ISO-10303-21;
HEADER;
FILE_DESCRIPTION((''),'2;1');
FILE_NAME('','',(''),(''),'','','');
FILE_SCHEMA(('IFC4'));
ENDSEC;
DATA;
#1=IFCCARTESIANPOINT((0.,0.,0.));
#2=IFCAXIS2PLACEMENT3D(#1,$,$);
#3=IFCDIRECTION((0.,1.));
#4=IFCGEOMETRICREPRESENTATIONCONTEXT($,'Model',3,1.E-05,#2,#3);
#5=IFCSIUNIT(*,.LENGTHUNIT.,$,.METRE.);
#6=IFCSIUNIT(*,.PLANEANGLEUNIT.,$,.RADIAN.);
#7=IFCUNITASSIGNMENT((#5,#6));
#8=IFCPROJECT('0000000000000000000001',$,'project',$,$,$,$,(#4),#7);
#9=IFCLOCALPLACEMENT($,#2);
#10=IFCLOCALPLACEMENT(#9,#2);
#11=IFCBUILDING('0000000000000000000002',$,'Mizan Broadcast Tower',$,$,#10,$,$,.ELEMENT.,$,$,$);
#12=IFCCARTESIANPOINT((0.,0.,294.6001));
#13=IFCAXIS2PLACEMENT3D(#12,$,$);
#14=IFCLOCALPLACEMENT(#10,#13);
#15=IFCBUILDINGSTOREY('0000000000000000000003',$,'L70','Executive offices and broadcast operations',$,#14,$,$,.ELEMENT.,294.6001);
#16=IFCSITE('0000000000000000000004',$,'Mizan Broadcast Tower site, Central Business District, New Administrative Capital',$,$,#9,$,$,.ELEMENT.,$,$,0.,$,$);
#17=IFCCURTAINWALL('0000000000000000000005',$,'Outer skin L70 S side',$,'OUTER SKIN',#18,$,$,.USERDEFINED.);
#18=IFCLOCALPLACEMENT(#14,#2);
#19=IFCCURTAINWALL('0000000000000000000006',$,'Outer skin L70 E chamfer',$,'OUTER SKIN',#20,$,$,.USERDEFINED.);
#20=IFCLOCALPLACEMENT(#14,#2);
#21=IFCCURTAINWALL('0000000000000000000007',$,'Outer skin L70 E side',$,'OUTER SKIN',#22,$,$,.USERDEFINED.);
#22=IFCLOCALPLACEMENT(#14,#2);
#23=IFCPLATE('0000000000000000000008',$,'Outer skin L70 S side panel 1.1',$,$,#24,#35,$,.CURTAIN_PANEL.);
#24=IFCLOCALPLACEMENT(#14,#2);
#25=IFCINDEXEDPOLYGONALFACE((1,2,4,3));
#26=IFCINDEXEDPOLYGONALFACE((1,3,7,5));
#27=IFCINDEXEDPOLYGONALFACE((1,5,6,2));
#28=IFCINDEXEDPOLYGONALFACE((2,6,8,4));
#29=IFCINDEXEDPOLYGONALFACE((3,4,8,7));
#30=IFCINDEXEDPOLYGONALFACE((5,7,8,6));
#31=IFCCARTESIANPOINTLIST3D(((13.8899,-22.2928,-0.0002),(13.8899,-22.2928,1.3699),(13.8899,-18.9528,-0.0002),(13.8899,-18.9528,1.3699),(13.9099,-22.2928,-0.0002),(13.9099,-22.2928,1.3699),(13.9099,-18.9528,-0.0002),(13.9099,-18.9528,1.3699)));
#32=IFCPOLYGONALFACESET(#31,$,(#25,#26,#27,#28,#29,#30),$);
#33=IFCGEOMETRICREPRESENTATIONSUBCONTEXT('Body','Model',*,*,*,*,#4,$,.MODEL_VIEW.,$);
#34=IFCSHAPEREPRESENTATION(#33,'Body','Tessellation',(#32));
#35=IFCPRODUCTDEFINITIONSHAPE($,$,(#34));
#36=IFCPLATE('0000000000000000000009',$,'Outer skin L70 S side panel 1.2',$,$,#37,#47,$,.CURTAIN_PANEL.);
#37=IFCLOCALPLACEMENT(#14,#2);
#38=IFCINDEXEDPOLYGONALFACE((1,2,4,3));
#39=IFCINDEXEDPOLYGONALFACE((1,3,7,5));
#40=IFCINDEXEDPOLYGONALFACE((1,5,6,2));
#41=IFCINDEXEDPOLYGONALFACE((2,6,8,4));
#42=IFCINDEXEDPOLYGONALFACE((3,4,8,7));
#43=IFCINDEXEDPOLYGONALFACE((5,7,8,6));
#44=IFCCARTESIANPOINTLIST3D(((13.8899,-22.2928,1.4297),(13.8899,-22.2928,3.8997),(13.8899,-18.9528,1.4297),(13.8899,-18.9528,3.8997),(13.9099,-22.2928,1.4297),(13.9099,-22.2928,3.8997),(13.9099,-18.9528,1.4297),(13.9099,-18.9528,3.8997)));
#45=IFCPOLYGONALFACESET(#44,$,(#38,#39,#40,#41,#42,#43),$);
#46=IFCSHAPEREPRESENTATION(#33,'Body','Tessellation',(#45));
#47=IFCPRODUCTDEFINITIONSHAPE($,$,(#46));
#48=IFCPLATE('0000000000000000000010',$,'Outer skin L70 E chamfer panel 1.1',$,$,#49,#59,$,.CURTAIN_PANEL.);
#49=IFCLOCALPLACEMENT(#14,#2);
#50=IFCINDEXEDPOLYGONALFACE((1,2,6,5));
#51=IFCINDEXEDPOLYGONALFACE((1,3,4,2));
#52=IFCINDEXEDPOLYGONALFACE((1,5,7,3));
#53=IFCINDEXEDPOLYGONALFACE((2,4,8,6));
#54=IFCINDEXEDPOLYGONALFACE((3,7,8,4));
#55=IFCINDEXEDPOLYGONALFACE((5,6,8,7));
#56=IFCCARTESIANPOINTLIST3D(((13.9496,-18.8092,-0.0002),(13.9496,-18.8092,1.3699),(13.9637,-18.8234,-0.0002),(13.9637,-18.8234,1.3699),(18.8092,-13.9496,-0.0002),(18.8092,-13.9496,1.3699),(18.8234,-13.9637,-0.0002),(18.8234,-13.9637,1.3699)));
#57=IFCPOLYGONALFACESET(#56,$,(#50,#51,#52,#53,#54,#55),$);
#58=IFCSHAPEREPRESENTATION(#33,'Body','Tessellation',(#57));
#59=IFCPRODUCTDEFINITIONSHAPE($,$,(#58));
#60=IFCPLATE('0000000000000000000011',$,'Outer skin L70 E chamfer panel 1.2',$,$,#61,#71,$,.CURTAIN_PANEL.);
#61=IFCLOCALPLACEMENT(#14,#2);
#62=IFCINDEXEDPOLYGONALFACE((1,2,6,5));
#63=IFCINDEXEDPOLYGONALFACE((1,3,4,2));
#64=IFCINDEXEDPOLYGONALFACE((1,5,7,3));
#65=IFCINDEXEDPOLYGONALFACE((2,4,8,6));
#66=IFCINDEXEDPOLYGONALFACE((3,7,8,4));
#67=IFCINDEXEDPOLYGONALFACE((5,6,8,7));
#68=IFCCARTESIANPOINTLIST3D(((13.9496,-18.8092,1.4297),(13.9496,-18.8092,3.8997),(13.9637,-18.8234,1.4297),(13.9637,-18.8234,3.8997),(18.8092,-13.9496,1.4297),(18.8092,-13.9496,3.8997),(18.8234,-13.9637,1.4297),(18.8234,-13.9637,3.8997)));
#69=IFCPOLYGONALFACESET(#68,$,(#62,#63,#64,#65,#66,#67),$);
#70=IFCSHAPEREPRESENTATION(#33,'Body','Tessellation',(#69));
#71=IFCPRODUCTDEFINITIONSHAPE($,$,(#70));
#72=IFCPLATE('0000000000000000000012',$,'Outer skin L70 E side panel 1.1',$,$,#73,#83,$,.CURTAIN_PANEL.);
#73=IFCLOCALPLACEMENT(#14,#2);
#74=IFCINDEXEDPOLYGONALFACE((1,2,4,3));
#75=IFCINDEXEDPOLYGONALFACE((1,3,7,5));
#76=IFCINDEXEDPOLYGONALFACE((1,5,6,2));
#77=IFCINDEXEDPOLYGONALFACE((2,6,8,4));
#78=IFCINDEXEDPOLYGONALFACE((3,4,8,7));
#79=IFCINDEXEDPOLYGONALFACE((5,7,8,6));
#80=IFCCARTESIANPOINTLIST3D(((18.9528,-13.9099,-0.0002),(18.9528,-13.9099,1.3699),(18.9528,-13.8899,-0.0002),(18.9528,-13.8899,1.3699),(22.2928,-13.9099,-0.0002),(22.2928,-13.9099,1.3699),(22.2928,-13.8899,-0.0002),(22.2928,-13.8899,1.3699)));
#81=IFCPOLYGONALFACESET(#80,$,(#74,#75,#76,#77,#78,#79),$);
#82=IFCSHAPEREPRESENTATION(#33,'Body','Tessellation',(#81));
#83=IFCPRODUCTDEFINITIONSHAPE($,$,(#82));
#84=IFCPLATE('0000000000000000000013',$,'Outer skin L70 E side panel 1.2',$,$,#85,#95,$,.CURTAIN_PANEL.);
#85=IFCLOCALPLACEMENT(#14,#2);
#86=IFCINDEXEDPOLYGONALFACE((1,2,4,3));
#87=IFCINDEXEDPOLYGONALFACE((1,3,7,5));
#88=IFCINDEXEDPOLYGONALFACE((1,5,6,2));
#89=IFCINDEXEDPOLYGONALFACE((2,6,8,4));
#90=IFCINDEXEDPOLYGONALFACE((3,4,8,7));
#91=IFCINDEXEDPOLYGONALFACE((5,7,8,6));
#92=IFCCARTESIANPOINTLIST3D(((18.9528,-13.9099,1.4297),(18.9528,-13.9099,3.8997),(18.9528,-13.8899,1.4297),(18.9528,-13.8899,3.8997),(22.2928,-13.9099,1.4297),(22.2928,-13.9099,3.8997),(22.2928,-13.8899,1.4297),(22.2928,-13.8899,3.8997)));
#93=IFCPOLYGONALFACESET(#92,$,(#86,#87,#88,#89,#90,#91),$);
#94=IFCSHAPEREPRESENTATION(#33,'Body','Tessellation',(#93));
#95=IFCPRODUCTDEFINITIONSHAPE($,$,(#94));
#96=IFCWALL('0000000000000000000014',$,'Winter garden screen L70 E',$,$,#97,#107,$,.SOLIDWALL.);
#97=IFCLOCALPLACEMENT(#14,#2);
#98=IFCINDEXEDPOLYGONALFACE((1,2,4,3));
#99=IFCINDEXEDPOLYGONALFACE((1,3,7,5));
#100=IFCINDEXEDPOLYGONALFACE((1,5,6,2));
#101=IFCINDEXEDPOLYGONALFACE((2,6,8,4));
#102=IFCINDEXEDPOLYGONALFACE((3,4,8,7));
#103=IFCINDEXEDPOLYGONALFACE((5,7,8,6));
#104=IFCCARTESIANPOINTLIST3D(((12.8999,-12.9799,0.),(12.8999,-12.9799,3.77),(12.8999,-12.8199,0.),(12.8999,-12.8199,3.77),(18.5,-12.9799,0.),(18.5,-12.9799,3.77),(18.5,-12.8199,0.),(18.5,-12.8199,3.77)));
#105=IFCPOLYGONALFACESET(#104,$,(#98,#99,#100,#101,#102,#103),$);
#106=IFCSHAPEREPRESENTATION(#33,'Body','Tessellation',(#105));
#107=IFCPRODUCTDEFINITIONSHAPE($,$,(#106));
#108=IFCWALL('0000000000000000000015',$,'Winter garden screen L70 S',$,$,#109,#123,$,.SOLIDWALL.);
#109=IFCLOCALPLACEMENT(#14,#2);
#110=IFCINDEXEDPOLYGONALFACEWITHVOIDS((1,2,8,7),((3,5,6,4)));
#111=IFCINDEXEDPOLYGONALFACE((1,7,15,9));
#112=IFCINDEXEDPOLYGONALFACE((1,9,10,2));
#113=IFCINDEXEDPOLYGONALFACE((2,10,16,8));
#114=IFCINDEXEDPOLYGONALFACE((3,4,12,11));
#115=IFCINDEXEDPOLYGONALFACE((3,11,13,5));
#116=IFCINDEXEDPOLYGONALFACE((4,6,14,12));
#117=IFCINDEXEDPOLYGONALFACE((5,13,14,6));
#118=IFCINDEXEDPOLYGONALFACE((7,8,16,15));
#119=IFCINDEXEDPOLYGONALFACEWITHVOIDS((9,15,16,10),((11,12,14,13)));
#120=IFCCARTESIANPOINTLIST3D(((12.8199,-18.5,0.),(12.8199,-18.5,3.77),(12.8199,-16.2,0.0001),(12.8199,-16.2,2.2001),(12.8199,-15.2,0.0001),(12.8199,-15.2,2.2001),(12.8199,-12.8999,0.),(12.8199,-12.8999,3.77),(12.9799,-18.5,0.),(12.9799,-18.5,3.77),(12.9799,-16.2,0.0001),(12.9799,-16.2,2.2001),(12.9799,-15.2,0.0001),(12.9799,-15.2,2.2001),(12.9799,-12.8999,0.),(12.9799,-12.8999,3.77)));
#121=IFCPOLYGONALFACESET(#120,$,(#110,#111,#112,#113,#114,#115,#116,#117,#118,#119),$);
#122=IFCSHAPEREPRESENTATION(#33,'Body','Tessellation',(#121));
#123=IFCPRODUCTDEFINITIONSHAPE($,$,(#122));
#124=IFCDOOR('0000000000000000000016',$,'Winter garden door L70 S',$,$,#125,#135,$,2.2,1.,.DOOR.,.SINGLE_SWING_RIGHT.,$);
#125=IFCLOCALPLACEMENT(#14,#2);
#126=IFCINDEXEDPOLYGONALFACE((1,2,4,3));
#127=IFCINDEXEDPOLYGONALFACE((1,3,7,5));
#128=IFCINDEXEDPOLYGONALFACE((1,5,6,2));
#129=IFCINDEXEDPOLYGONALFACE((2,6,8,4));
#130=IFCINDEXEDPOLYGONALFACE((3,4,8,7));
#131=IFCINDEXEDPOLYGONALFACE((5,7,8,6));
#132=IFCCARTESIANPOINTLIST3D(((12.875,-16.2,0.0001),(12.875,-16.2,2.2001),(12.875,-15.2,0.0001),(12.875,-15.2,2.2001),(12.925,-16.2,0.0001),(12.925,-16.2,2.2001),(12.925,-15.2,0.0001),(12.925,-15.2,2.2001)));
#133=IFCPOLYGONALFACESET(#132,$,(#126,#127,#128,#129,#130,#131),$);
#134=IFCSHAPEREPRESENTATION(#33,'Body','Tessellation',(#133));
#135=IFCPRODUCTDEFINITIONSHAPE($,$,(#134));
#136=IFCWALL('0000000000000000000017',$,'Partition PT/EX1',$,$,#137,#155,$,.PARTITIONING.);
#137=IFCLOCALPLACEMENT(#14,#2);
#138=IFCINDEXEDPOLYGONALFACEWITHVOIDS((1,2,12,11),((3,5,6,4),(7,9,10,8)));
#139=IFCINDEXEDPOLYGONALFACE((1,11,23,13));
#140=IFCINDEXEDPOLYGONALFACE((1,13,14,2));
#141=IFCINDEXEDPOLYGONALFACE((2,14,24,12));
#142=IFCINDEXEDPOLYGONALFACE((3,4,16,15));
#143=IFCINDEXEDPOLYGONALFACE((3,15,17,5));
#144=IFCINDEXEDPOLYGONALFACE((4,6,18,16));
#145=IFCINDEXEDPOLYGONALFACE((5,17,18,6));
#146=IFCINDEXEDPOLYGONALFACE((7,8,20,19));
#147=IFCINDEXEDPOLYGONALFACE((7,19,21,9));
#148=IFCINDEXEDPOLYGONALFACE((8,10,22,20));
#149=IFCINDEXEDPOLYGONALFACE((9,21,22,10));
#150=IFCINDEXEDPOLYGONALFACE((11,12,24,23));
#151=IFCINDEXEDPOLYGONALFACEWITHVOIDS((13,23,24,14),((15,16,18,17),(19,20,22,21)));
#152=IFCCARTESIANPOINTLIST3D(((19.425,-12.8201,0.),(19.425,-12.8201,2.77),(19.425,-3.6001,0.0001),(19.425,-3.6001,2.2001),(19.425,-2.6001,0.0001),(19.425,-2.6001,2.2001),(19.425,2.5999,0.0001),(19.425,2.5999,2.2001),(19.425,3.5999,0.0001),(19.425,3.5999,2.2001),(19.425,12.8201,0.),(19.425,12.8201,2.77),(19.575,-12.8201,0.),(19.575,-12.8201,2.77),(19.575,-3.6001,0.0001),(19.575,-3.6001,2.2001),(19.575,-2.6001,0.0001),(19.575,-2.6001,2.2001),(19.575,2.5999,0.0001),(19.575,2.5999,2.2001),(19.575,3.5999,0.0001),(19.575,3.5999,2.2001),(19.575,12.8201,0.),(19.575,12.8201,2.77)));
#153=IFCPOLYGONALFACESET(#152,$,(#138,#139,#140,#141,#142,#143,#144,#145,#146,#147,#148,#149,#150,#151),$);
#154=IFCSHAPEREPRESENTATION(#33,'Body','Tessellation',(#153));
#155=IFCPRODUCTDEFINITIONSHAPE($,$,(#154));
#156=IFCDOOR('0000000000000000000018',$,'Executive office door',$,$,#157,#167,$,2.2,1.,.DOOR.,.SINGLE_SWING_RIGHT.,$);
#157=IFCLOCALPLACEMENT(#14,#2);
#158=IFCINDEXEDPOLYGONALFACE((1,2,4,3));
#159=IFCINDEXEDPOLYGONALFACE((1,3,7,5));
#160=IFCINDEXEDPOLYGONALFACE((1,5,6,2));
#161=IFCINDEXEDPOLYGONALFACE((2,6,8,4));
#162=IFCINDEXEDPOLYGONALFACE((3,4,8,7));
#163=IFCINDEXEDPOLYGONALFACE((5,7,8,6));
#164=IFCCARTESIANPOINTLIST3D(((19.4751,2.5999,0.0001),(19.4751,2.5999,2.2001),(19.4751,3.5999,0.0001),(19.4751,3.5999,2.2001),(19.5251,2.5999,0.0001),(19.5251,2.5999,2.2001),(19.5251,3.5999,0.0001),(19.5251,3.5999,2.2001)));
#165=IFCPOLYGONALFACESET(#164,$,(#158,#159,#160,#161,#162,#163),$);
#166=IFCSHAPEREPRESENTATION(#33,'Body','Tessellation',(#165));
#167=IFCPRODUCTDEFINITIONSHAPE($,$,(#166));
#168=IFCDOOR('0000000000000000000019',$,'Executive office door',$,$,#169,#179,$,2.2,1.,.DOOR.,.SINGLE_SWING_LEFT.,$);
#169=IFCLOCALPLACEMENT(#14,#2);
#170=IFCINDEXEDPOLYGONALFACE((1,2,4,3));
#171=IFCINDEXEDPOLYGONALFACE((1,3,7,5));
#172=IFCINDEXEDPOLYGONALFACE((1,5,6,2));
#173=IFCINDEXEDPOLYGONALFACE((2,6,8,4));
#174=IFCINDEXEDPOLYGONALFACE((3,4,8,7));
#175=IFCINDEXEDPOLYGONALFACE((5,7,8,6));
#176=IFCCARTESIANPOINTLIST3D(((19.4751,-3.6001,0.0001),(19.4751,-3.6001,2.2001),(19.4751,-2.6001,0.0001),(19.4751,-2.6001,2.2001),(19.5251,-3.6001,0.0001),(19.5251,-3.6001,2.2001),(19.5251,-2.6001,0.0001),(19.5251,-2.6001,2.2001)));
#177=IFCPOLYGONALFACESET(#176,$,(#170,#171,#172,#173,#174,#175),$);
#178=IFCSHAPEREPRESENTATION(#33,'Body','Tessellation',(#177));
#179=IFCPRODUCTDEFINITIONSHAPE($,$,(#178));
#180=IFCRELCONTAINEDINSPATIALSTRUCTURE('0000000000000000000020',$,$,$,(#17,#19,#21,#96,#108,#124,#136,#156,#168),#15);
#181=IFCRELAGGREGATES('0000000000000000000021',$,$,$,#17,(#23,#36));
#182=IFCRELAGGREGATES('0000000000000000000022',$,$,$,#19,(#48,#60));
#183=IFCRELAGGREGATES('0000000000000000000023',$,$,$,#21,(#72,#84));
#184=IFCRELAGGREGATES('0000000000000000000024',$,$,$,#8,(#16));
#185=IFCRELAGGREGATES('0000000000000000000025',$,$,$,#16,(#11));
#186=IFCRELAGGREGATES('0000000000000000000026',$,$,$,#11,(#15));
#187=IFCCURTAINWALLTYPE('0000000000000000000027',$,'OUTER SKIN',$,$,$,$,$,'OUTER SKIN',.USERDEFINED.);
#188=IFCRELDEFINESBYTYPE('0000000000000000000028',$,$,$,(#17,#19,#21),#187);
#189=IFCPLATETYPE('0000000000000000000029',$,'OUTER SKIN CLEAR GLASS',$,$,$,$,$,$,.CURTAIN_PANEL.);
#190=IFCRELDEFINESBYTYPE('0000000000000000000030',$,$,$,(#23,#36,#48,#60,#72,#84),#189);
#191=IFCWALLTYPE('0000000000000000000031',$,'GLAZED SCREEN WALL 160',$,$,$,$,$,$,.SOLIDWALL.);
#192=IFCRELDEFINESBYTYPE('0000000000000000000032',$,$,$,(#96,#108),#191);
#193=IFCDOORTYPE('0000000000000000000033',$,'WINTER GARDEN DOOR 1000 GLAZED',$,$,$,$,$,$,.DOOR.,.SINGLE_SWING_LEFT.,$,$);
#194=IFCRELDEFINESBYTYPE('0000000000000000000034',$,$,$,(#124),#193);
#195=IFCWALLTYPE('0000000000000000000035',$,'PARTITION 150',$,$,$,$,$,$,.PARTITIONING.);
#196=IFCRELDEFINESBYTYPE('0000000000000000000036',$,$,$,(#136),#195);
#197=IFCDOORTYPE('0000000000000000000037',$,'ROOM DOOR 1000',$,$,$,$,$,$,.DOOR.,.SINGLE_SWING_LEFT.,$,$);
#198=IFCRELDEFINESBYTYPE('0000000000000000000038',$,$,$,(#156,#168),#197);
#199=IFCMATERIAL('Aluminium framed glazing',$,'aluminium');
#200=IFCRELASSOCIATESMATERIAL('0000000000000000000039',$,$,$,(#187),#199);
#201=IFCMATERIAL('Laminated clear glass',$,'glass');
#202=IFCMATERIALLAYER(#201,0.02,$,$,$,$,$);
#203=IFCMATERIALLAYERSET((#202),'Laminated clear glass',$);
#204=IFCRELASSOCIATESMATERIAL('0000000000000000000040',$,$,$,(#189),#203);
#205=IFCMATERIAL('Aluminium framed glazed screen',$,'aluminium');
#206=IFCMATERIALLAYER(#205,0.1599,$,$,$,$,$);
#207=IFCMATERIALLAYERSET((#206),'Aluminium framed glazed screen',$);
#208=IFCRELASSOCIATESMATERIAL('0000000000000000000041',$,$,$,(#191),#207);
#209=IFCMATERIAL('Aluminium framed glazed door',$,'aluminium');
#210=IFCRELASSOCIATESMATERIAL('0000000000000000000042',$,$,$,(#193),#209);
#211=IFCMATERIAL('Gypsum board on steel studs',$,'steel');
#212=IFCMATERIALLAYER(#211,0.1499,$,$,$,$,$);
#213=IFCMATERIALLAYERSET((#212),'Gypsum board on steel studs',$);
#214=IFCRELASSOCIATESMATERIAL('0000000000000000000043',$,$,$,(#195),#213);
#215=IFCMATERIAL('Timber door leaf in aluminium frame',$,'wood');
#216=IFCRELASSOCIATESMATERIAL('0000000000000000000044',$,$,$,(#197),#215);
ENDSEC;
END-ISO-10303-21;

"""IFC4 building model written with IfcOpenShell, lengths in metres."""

from ifc_helpers import new_model, si_unit, direction, frame, frame_2d, origin, origin_2d, place, context, subcontext, project, spatial, rectangle, extrude, material, layer, layer_set, type_object, element, fill, aggregate, save


model = new_model("IFC4")

# Units and contexts
model_context = context("Model", 3, precision=1e-05, world=origin(), true_north=direction((0.0, 1.0)))
body_context = subcontext(model_context, "Body", "Model", "MODEL_VIEW")
ifc_project = project(units=[si_unit("LENGTHUNIT", "METRE"), si_unit("PLANEANGLEUNIT", "RADIAN")], contexts=[model_context])

# Site, building, storey
site_placement = place(None, origin())
site = spatial("IfcSite", under=ifc_project, at=site_placement, Name="Mizan Broadcast Tower site, Central Business District, New Administrative Capital", CompositionType="ELEMENT", RefElevation=0.0)
building_placement = place(site_placement, origin())
building = spatial("IfcBuilding", under=site, at=building_placement, Name="Mizan Broadcast Tower", CompositionType="ELEMENT")
storey_placement = place(building_placement, frame((0.0, 0.0, 294.6001)))
storey = spatial("IfcBuildingStorey", under=building, at=storey_placement, Name="L70", Description="Executive offices and broadcast operations", CompositionType="ELEMENT", Elevation=294.6001)

# Curtain walls
ifc_material_1 = material(Name="Aluminium framed glazing", Category="aluminium")
curtain_wall_type_1 = type_object("IfcCurtainWallType", Name="OUTER SKIN", ElementType="OUTER SKIN", PredefinedType="USERDEFINED", material=ifc_material_1)
curtain_wall_1_placement = place(storey_placement, origin())
curtain_wall_1 = element("IfcCurtainWall", 1, at=curtain_wall_1_placement, inside=storey, type_object=curtain_wall_type_1, Name="Outer skin L70 S side", ObjectType="OUTER SKIN", PredefinedType="USERDEFINED")
curtain_wall_2_placement = place(storey_placement, origin())
curtain_wall_2 = element("IfcCurtainWall", 2, at=curtain_wall_2_placement, inside=storey, type_object=curtain_wall_type_1, Name="Outer skin L70 E chamfer", ObjectType="OUTER SKIN", PredefinedType="USERDEFINED")
curtain_wall_3_placement = place(storey_placement, origin())
curtain_wall_3 = element("IfcCurtainWall", 3, at=curtain_wall_3_placement, inside=storey, type_object=curtain_wall_type_1, Name="Outer skin L70 E side", ObjectType="OUTER SKIN", PredefinedType="USERDEFINED")

# Plates
ifc_material_2 = material(Name="Laminated clear glass", Category="glass")
ifc_layer_1 = layer(ifc_material_2, 0.02)
ifc_layer_set_1 = layer_set([ifc_layer_1], Name="Laminated clear glass")
plate_type_1 = type_object("IfcPlateType", Name="OUTER SKIN CLEAR GLASS", PredefinedType="CURTAIN_PANEL", material=ifc_layer_set_1)
plate_1_placement = place(storey_placement, frame((13.8999, -20.6228, -0.0002), z_axis=(0.0, 0.0, 1.0), x_axis=(0.0, 1.0, 0.0)))
plate_1 = element("IfcPlate", 4, at=plate_1_placement, type_object=plate_type_1, Name="Outer skin L70 S side panel 1.1", PredefinedType="CURTAIN_PANEL", context=body_context, shape_type="SweptSolid", body=[
    extrude(rectangle(XDim=3.3401, YDim=0.02, at=origin_2d()), origin(), (0.0, 0.0, 1.0), 1.3701),
])
plate_2_placement = place(storey_placement, frame((13.8999, -20.6228, 1.4297), z_axis=(0.0, 0.0, 1.0), x_axis=(0.0, 1.0, 0.0)))
plate_2 = element("IfcPlate", 5, at=plate_2_placement, type_object=plate_type_1, Name="Outer skin L70 S side panel 1.2", PredefinedType="CURTAIN_PANEL", context=body_context, shape_type="SweptSolid", body=[
    extrude(rectangle(XDim=3.3401, YDim=0.02, at=origin_2d()), origin(), (0.0, 0.0, 1.0), 2.47),
])
aggregate(curtain_wall_1, [plate_1, plate_2])
plate_3_placement = place(storey_placement, frame((16.3865, -16.3865, -0.0002), z_axis=(0.0, 0.0, 1.0), x_axis=(0.707107, 0.707107, 0.0)))
plate_3 = element("IfcPlate", 6, at=plate_3_placement, type_object=plate_type_1, Name="Outer skin L70 E chamfer panel 1.1", PredefinedType="CURTAIN_PANEL", context=body_context, shape_type="SweptSolid", body=[
    extrude(rectangle(XDim=6.8726, YDim=0.02, at=origin_2d()), origin(), (0.0, 0.0, 1.0), 1.3701),
])
plate_4_placement = place(storey_placement, frame((16.3865, -16.3865, 1.4297), z_axis=(0.0, 0.0, 1.0), x_axis=(0.707107, 0.707107, 0.0)))
plate_4 = element("IfcPlate", 7, at=plate_4_placement, type_object=plate_type_1, Name="Outer skin L70 E chamfer panel 1.2", PredefinedType="CURTAIN_PANEL", context=body_context, shape_type="SweptSolid", body=[
    extrude(rectangle(XDim=6.8726, YDim=0.02, at=origin_2d()), origin(), (0.0, 0.0, 1.0), 2.47),
])
aggregate(curtain_wall_2, [plate_3, plate_4])
plate_5_placement = place(storey_placement, frame((20.6228, -13.8999, -0.0002), z_axis=(0.0, 0.0, 1.0), x_axis=(1.0, 0.0, 0.0)))
plate_5 = element("IfcPlate", 8, at=plate_5_placement, type_object=plate_type_1, Name="Outer skin L70 E side panel 1.1", PredefinedType="CURTAIN_PANEL", context=body_context, shape_type="SweptSolid", body=[
    extrude(rectangle(XDim=3.3401, YDim=0.02, at=origin_2d()), origin(), (0.0, 0.0, 1.0), 1.3701),
])
plate_6_placement = place(storey_placement, frame((20.6228, -13.8999, 1.4297), z_axis=(0.0, 0.0, 1.0), x_axis=(1.0, 0.0, 0.0)))
plate_6 = element("IfcPlate", 9, at=plate_6_placement, type_object=plate_type_1, Name="Outer skin L70 E side panel 1.2", PredefinedType="CURTAIN_PANEL", context=body_context, shape_type="SweptSolid", body=[
    extrude(rectangle(XDim=3.3401, YDim=0.02, at=origin_2d()), origin(), (0.0, 0.0, 1.0), 2.47),
])
aggregate(curtain_wall_3, [plate_5, plate_6])

# Wall
ifc_material_3 = material(Name="Aluminium framed glazed screen", Category="aluminium")
ifc_layer_2 = layer(ifc_material_3, 0.1599)
ifc_layer_set_2 = layer_set([ifc_layer_2], Name="Aluminium framed glazed screen")
wall_type_1 = type_object("IfcWallType", Name="GLAZED SCREEN WALL 160", PredefinedType="SOLIDWALL", material=ifc_layer_set_2)
wall_1_placement = place(storey_placement, frame((12.8999, -12.8999, 0.0), z_axis=(0.0, 0.0, 1.0), x_axis=(1.0, 0.0, 0.0)))
element("IfcWall", 10, at=wall_1_placement, inside=storey, type_object=wall_type_1, Name="Winter garden screen L70 E", PredefinedType="SOLIDWALL", context=body_context, shape_type="SweptSolid", body=[
    extrude(rectangle(XDim=5.6001, YDim=0.1599, at=frame_2d((2.8, 0.0))), origin(), (0.0, 0.0, 1.0), 3.77),
])

# Wall, opening, door
wall_2_placement = place(storey_placement, frame((12.8999, -18.5, 0.0), z_axis=(0.0, 0.0, 1.0), x_axis=(0.0, 1.0, 0.0)))
wall_2 = element("IfcWall", 11, at=wall_2_placement, inside=storey, type_object=wall_type_1, Name="Winter garden screen L70 S", PredefinedType="SOLIDWALL", context=body_context, shape_type="SweptSolid", body=[
    extrude(rectangle(XDim=5.6001, YDim=0.1599, at=frame_2d((2.8, 0.0))), origin(), (0.0, 0.0, 1.0), 3.77),
])
opening_1_placement = place(wall_2_placement, frame((2.3, 0.0, 0.0)))
opening_1 = element("IfcOpeningElement", 12, at=opening_1_placement, cuts=wall_2, PredefinedType="OPENING", context=body_context, shape_type="SweptSolid", body=[
    extrude(rectangle(XDim=1.0, YDim=2.2, at=frame_2d((0.5, 1.1001))), frame((0.0, 0.0898, 0.0), z_axis=(0.0, -1.0, 0.0), x_axis=(1.0, 0.0, 0.0)), (0.0, 0.0, 1.0), 0.1799),
])
ifc_material_4 = material(Name="Aluminium framed glazed door", Category="aluminium")
door_type_1 = type_object("IfcDoorType", Name="WINTER GARDEN DOOR 1000 GLAZED", OperationType="SINGLE_SWING_LEFT", PredefinedType="DOOR", material=ifc_material_4)
door_1_placement = place(opening_1_placement, origin())
door_1 = element("IfcDoor", 13, at=door_1_placement, inside=storey, type_object=door_type_1, Name="Winter garden door L70 S", OperationType="SINGLE_SWING_RIGHT", OverallHeight=2.2, OverallWidth=1.0, PredefinedType="DOOR", context=body_context, shape_type="SweptSolid", body=[
    extrude(rectangle(XDim=1.0, YDim=2.2, at=frame_2d((0.5, 1.1001))), frame((0.0, 0.0249, 0.0), z_axis=(0.0, -1.0, 0.0), x_axis=(1.0, 0.0, 0.0)), (0.0, 0.0, 1.0), 0.05),
])
fill(opening_1, door_1)

# Wall, openings, doors
ifc_material_5 = material(Name="Gypsum board on steel studs", Category="steel")
ifc_layer_3 = layer(ifc_material_5, 0.1499)
ifc_layer_set_3 = layer_set([ifc_layer_3], Name="Gypsum board on steel studs")
wall_type_2 = type_object("IfcWallType", Name="PARTITION 150", PredefinedType="PARTITIONING", material=ifc_layer_set_3)
wall_3_placement = place(storey_placement, frame((19.5, -12.8201, 0.0), z_axis=(0.0, 0.0, 1.0), x_axis=(0.0, 1.0, 0.0)))
wall_3 = element("IfcWall", 14, at=wall_3_placement, inside=storey, type_object=wall_type_2, Name="Partition PT/EX1", PredefinedType="PARTITIONING", context=body_context, shape_type="SweptSolid", body=[
    extrude(rectangle(XDim=25.6401, YDim=0.1499, at=frame_2d((12.8201, 0.0))), origin(), (0.0, 0.0, 1.0), 2.77),
])
opening_2_placement = place(wall_3_placement, frame((15.4199, 0.0, 0.0)))
opening_2 = element("IfcOpeningElement", 15, at=opening_2_placement, cuts=wall_3, PredefinedType="OPENING", context=body_context, shape_type="SweptSolid", body=[
    extrude(rectangle(XDim=1.0, YDim=2.2, at=frame_2d((0.5, 1.1001))), frame((0.0, 0.085, 0.0), z_axis=(0.0, -1.0, 0.0), x_axis=(1.0, 0.0, 0.0)), (0.0, 0.0, 1.0), 0.1699),
])
opening_3_placement = place(wall_3_placement, frame((9.22, 0.0, 0.0)))
opening_3 = element("IfcOpeningElement", 16, at=opening_3_placement, cuts=wall_3, PredefinedType="OPENING", context=body_context, shape_type="SweptSolid", body=[
    extrude(rectangle(XDim=1.0, YDim=2.2, at=frame_2d((0.5, 1.1001))), frame((0.0, 0.085, 0.0), z_axis=(0.0, -1.0, 0.0), x_axis=(1.0, 0.0, 0.0)), (0.0, 0.0, 1.0), 0.1699),
])
ifc_material_6 = material(Name="Timber door leaf in aluminium frame", Category="wood")
door_type_2 = type_object("IfcDoorType", Name="ROOM DOOR 1000", OperationType="SINGLE_SWING_LEFT", PredefinedType="DOOR", material=ifc_material_6)
door_2_placement = place(opening_2_placement, origin())
door_2 = element("IfcDoor", 17, at=door_2_placement, inside=storey, type_object=door_type_2, Name="Executive office door", OperationType="SINGLE_SWING_RIGHT", OverallHeight=2.2, OverallWidth=1.0, PredefinedType="DOOR", context=body_context, shape_type="SweptSolid", body=[
    extrude(rectangle(XDim=1.0, YDim=2.2, at=frame_2d((0.5, 1.1001))), frame((0.0, 0.0249, 0.0), z_axis=(0.0, -1.0, 0.0), x_axis=(1.0, 0.0, 0.0)), (0.0, 0.0, 1.0), 0.05),
])
fill(opening_2, door_2)
door_3_placement = place(opening_3_placement, origin())
door_3 = element("IfcDoor", 18, at=door_3_placement, inside=storey, type_object=door_type_2, Name="Executive office door", OperationType="SINGLE_SWING_LEFT", OverallHeight=2.2, OverallWidth=1.0, PredefinedType="DOOR", context=body_context, shape_type="SweptSolid", body=[
    extrude(rectangle(XDim=1.0, YDim=2.2, at=frame_2d((0.5, 1.1001))), frame((0.0, 0.0249, 0.0), z_axis=(0.0, -1.0, 0.0), x_axis=(1.0, 0.0, 0.0)), (0.0, 0.0, 1.0), 0.05),
])
fill(opening_3, door_3)

save(model, "model.ifc")
